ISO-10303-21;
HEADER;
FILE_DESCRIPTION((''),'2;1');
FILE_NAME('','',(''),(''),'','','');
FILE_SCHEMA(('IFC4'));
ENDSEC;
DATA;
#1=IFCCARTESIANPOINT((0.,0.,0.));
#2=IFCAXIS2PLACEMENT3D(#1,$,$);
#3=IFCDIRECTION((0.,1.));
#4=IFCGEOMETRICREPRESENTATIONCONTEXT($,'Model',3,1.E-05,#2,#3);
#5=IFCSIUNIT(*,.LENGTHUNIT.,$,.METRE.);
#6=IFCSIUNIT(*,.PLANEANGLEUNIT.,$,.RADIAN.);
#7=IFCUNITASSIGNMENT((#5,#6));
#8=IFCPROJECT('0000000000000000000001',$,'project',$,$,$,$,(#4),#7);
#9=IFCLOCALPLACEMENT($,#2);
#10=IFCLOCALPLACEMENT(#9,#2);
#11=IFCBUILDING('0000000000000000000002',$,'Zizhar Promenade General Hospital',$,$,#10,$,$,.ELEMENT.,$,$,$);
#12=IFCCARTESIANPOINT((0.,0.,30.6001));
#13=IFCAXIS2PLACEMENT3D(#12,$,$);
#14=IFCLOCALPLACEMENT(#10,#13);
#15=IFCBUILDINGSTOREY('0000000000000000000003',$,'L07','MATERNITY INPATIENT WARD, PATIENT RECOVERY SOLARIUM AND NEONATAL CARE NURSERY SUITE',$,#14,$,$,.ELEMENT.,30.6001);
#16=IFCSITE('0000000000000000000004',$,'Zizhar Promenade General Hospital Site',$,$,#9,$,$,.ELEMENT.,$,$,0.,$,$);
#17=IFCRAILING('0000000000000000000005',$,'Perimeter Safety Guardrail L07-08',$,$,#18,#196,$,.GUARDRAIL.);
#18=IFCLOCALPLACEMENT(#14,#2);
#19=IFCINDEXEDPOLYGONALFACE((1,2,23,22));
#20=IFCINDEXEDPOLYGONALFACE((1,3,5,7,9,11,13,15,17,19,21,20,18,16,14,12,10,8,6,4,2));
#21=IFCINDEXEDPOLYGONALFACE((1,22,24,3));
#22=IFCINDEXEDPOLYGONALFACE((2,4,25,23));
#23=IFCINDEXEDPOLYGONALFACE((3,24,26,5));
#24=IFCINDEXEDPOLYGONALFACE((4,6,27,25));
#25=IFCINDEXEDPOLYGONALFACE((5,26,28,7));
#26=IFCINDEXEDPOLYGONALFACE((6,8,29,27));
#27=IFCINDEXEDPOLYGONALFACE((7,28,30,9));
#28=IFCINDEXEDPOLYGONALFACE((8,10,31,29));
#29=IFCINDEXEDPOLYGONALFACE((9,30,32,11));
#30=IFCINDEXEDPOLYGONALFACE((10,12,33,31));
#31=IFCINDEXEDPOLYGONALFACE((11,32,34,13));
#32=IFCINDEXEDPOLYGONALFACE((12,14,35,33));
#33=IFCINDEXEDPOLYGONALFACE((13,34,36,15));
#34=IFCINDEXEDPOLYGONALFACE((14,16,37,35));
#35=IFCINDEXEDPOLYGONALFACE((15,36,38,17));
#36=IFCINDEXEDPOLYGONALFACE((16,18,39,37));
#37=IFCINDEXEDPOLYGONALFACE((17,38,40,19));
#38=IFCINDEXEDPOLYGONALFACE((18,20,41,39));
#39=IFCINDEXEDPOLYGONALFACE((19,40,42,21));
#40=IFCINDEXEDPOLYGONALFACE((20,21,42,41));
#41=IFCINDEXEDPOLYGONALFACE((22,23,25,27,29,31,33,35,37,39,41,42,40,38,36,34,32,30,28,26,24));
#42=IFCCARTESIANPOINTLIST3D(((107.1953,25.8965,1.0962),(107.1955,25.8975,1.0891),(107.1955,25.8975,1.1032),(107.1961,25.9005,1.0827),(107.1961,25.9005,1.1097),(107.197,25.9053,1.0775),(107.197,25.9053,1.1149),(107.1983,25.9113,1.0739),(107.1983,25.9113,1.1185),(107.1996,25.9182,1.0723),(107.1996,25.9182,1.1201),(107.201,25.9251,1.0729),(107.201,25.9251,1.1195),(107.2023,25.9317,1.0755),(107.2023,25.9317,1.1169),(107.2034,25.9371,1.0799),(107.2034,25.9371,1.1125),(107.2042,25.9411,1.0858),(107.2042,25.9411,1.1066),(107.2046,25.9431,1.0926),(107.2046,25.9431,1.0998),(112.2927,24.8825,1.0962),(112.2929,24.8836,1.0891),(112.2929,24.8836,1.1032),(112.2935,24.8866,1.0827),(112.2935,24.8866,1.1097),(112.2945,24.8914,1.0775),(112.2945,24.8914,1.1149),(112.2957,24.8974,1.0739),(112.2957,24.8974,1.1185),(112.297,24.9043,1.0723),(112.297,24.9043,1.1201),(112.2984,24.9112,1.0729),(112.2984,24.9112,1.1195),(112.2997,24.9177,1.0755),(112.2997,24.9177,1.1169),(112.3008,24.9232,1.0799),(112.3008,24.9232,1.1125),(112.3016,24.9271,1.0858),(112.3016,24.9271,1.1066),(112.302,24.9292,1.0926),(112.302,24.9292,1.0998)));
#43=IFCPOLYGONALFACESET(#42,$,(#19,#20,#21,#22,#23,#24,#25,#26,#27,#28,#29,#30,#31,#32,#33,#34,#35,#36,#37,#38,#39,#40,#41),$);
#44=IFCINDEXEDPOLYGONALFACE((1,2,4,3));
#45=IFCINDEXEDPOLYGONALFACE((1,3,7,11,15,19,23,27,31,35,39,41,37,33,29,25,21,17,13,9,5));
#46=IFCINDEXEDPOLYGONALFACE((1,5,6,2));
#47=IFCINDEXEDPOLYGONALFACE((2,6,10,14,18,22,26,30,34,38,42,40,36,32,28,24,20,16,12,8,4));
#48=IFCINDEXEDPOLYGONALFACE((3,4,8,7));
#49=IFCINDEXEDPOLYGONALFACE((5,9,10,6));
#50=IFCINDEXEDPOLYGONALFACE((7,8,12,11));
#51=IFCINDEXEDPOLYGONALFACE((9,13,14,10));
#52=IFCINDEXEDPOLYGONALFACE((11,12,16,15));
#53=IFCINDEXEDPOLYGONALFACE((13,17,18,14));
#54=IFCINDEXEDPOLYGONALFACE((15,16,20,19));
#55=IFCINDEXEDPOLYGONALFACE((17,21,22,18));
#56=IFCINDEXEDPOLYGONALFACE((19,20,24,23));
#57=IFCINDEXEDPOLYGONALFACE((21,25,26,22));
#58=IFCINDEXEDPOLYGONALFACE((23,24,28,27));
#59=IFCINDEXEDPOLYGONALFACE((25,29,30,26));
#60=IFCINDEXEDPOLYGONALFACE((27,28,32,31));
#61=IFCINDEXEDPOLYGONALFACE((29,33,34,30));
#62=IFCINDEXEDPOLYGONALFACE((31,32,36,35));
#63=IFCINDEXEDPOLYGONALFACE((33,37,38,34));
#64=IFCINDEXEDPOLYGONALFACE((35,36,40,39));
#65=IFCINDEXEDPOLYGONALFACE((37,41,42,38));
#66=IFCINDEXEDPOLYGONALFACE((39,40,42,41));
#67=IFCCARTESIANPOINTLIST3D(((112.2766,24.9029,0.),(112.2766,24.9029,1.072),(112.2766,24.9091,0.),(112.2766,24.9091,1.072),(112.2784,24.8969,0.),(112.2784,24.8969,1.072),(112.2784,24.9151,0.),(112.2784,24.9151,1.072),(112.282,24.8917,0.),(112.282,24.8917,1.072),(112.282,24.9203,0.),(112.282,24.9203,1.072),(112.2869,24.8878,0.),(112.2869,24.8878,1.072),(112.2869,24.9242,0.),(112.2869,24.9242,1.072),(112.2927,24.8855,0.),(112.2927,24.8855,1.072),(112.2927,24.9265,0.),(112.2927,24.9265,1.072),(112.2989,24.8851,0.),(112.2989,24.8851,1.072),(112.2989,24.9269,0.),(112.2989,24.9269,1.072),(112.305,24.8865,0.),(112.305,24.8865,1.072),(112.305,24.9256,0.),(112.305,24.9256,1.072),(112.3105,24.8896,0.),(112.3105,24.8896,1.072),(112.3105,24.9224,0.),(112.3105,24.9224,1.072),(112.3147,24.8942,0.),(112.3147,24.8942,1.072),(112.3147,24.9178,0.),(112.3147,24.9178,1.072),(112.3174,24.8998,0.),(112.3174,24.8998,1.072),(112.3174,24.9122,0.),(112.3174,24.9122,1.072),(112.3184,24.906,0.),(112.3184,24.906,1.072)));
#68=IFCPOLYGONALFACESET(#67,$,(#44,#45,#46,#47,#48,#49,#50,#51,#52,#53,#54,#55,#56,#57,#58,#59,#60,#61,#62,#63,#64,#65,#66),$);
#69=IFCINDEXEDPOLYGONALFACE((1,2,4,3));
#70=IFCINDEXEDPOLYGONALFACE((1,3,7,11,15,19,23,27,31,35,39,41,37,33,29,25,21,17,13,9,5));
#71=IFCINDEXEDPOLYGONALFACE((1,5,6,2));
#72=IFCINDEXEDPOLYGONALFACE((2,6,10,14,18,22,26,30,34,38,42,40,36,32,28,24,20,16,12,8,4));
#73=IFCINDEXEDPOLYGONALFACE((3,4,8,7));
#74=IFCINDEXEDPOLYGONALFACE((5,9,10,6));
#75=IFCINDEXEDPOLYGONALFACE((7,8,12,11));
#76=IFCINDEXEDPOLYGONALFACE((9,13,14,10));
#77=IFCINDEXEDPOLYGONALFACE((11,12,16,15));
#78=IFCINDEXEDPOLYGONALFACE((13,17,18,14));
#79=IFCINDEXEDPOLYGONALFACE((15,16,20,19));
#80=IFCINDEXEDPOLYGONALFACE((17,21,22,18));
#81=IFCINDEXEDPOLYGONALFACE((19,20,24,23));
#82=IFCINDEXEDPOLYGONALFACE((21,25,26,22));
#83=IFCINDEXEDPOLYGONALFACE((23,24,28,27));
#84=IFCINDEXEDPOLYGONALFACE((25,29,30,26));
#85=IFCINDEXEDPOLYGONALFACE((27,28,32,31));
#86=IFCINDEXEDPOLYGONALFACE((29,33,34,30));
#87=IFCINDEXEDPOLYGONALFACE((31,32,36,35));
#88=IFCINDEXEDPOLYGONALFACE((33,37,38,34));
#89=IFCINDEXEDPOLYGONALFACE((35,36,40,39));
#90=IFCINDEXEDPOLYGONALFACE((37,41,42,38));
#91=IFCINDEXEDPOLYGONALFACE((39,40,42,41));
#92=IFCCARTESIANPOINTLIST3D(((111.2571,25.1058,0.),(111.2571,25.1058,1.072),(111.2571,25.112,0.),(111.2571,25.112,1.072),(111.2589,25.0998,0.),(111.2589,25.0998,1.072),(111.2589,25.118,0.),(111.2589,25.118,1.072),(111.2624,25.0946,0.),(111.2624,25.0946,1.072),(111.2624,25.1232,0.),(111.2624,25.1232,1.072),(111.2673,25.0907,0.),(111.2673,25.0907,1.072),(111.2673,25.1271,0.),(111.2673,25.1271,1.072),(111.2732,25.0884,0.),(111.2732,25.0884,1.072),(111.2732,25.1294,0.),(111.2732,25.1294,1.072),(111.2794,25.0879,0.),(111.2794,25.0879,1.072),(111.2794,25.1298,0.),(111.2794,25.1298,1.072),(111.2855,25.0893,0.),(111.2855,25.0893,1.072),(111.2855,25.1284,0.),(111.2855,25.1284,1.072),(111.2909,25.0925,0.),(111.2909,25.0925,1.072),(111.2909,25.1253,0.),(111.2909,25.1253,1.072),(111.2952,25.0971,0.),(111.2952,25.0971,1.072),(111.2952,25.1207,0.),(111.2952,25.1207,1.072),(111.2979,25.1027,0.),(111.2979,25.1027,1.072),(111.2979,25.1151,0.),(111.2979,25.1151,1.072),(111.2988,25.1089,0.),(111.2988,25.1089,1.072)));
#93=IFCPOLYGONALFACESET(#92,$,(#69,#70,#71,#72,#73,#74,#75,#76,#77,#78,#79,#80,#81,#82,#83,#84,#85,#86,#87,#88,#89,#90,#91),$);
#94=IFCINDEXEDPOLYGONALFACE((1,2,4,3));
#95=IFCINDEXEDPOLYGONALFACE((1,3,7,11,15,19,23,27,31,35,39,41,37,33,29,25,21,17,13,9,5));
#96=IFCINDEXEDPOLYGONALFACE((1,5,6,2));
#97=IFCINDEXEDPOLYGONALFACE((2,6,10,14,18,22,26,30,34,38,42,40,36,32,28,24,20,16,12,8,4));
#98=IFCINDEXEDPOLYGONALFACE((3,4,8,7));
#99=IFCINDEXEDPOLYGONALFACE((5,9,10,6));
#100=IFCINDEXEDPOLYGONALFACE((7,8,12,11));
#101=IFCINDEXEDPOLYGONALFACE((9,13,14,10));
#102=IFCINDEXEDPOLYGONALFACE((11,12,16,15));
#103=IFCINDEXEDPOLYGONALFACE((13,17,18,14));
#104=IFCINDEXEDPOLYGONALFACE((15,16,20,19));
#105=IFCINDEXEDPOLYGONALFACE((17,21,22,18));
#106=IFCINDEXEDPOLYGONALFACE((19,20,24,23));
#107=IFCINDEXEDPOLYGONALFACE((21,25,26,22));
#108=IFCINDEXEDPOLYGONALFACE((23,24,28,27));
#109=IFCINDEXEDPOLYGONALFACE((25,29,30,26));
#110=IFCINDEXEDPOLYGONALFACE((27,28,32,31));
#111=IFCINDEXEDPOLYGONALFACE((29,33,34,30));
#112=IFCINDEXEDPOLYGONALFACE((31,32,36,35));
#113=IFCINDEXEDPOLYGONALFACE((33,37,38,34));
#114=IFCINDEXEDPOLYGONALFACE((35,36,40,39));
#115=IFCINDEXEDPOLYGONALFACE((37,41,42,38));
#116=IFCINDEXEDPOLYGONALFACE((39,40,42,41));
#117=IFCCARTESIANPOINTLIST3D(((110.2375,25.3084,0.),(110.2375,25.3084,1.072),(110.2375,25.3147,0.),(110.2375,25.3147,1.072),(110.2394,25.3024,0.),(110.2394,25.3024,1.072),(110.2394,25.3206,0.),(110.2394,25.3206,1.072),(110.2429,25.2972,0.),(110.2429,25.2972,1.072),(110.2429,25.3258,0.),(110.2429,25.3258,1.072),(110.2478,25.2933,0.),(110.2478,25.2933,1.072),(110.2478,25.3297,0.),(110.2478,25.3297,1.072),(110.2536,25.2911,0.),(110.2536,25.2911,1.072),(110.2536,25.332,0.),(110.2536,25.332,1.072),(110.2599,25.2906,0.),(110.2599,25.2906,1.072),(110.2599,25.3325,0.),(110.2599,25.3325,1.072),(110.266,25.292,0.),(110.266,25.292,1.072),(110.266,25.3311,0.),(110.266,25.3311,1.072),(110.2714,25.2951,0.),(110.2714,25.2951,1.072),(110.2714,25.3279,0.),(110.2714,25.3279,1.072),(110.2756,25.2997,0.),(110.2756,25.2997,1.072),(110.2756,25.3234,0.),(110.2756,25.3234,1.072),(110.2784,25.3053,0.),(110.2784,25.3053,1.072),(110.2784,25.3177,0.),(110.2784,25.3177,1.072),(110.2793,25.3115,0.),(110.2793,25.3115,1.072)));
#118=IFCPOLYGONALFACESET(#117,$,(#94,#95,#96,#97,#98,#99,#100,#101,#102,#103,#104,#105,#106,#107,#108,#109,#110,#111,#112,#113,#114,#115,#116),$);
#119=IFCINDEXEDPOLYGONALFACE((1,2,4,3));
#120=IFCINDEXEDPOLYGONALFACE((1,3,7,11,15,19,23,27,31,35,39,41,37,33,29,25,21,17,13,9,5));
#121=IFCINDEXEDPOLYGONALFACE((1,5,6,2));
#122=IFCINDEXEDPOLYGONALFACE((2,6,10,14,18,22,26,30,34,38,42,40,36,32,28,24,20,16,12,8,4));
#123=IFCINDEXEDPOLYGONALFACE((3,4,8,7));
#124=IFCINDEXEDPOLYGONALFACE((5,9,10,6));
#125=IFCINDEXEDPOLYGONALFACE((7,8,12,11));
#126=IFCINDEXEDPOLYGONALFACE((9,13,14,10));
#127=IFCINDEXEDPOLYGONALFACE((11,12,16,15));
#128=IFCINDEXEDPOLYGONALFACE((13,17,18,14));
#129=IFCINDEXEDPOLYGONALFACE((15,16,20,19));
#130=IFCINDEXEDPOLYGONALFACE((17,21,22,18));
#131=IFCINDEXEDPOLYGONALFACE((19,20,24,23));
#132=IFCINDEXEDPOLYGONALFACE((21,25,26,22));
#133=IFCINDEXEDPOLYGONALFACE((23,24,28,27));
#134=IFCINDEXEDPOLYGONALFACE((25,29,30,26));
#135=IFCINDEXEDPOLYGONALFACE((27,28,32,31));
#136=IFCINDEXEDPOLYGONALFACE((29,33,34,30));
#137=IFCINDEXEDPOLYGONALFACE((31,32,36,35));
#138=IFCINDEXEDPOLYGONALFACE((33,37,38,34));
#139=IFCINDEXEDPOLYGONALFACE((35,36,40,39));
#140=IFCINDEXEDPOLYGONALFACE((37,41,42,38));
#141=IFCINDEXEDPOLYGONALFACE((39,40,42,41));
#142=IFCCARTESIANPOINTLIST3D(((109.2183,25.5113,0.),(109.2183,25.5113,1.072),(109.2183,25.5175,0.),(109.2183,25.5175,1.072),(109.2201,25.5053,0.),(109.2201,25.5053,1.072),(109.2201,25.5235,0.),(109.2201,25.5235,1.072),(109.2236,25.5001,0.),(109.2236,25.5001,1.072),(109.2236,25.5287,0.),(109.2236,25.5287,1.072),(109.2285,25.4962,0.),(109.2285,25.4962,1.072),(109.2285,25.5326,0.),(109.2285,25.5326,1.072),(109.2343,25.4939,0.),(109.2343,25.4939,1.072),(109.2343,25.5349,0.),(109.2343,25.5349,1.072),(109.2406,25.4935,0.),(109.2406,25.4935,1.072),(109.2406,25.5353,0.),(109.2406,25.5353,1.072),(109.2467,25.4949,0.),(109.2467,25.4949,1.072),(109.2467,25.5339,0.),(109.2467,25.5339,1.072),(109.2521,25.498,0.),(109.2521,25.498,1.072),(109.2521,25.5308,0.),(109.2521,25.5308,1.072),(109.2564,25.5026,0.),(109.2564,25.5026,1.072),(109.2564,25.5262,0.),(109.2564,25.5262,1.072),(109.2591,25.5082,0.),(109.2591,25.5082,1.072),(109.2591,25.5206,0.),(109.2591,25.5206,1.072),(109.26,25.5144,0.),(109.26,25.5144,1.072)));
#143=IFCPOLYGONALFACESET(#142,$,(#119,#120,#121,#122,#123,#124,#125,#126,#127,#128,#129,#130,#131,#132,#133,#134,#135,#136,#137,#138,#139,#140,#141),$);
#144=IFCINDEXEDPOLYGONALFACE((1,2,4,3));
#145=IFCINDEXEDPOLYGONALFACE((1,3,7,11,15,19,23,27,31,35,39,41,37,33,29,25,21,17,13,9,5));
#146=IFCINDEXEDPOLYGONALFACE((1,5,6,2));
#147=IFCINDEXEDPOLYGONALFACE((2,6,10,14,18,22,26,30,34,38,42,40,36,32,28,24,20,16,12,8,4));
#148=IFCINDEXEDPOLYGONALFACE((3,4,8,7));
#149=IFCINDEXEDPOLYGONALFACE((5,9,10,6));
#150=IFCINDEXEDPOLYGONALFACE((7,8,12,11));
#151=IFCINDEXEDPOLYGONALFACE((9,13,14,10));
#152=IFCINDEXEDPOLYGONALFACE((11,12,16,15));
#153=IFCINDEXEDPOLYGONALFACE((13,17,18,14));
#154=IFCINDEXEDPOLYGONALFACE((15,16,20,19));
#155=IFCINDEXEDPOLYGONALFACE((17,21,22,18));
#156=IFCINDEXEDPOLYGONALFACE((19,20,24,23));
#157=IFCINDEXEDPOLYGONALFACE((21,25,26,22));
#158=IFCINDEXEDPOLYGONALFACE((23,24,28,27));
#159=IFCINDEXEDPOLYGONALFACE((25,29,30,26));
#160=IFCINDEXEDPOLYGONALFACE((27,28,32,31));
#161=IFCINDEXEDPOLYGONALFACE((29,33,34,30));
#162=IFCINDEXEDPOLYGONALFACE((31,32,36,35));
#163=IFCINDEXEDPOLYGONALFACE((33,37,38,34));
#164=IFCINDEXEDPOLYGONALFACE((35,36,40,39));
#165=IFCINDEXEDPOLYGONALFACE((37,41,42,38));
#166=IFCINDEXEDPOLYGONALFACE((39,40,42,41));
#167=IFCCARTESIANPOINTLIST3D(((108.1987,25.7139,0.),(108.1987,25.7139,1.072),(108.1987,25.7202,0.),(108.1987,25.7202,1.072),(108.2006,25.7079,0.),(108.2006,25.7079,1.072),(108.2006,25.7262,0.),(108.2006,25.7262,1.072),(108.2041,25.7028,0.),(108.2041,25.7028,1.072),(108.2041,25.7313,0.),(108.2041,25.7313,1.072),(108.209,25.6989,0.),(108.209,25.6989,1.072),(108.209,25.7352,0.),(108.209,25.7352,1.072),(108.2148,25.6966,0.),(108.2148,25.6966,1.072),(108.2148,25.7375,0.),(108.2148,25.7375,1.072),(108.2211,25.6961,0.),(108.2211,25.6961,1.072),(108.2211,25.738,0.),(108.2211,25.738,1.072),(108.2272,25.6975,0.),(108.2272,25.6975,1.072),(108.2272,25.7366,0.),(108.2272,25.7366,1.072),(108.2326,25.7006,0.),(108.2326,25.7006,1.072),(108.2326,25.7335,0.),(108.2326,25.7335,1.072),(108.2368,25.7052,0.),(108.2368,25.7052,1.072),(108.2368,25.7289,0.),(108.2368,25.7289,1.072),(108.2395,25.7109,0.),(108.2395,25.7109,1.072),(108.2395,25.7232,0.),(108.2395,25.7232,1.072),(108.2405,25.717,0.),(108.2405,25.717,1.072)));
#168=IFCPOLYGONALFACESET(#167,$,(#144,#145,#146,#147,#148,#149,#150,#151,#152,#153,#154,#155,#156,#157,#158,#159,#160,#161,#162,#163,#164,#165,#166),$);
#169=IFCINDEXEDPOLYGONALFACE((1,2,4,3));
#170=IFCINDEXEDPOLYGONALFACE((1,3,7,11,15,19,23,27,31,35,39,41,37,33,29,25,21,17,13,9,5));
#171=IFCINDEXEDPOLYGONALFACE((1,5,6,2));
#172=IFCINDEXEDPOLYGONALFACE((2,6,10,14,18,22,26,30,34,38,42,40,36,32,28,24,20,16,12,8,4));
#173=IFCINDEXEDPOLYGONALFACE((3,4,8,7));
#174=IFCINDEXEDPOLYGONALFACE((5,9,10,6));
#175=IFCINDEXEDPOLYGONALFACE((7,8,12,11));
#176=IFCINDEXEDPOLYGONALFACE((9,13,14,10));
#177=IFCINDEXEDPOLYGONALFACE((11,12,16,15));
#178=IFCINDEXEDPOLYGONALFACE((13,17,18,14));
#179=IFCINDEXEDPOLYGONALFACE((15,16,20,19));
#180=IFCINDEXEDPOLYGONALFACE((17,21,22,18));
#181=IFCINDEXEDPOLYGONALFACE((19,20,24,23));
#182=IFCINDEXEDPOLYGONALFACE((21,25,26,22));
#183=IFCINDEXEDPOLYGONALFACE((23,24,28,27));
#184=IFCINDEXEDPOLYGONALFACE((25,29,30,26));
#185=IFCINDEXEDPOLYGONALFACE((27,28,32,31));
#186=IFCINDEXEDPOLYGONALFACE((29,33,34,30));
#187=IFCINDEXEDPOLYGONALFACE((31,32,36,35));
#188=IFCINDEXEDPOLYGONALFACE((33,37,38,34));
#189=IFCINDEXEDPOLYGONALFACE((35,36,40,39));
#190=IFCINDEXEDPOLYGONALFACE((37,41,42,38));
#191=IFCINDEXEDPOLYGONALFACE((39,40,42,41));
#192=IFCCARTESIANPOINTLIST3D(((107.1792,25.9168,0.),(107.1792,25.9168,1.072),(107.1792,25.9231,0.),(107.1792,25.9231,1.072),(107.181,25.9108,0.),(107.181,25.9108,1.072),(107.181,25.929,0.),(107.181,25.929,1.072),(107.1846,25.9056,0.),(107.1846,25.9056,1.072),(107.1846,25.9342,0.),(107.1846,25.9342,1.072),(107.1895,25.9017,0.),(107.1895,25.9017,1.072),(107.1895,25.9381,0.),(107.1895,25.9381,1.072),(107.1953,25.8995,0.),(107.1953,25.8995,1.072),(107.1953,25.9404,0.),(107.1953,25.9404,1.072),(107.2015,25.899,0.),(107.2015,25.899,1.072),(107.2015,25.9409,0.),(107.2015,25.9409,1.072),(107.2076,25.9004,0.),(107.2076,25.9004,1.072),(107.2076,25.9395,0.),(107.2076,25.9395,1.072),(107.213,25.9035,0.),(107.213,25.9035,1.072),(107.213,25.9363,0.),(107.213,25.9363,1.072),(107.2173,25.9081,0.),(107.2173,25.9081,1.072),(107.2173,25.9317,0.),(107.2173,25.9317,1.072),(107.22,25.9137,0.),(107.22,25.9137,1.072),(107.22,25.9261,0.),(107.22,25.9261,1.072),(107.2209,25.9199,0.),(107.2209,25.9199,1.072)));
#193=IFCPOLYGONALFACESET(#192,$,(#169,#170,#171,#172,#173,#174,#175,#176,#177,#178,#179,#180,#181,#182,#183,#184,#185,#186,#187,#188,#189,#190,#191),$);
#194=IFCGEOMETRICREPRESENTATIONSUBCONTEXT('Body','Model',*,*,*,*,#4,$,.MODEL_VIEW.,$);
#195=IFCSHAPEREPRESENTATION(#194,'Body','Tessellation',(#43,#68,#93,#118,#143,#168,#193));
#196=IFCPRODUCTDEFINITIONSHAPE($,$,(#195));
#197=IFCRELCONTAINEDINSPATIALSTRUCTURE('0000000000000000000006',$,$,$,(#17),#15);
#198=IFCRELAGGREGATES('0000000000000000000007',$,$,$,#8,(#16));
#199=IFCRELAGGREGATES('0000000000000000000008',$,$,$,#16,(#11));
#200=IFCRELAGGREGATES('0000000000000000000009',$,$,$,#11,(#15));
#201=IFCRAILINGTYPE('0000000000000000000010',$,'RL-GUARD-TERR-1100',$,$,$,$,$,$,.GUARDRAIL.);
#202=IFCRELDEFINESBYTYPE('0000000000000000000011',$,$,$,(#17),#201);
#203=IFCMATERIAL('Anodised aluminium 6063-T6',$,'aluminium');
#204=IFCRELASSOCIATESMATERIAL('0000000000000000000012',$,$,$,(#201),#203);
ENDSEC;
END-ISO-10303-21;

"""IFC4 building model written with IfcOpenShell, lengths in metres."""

from ifc_helpers import new_model, si_unit, direction, frame, origin, origin_2d, place, context, subcontext, project, spatial, circle, hollow_circle, extrude, material, material_profile, profile_set, type_object, element, save


model = new_model("IFC4")

# Units and contexts
model_context = context("Model", 3, precision=1e-05, world=origin(), true_north=direction((0.0, 1.0)))
body_context = subcontext(model_context, "Body", "Model", "MODEL_VIEW")
ifc_project = project(units=[si_unit("LENGTHUNIT", "METRE"), si_unit("PLANEANGLEUNIT", "RADIAN")], contexts=[model_context])

# Site, building, storey
site_placement = place(None, origin())
site = spatial("IfcSite", under=ifc_project, at=site_placement, Name="Zizhar Promenade General Hospital Site", CompositionType="ELEMENT", RefElevation=0.0)
building_placement = place(site_placement, origin())
building = spatial("IfcBuilding", under=site, at=building_placement, Name="Zizhar Promenade General Hospital", CompositionType="ELEMENT")
storey_placement = place(building_placement, frame((0.0, 0.0, 30.6001)))
storey = spatial("IfcBuildingStorey", under=building, at=storey_placement, Name="L07", Description="MATERNITY INPATIENT WARD, PATIENT RECOVERY SOLARIUM AND NEONATAL CARE NURSERY SUITE", CompositionType="ELEMENT", Elevation=30.6001)

# Railing
ifc_material_1 = material(Name="Anodised aluminium 6063-T6", Category="aluminium")
ifc_material_profile_1 = material_profile(ifc_material_1, hollow_circle(Radius=0.0698, WallThickness=0.0063, at=origin_2d()))
ifc_profile_set_1 = profile_set([ifc_material_profile_1], Name="Anodised aluminium 6063-T6")
railing_type = type_object("IfcRailingType", Name="RL-GUARD-TERR-1100", PredefinedType="GUARDRAIL", material=ifc_profile_set_1)
railing_1_placement = place(storey_placement, frame((112.2974, 24.906, 0.0)))
element("IfcRailing", 1, at=railing_1_placement, inside=storey, type_object=railing_type, Name="Perimeter Safety Guardrail L07-08", PredefinedType="GUARDRAIL", context=body_context, shape_type="SweptSolid", body=[
    extrude(circle(Radius=0.0239, at=origin_2d()), frame((0.0, 0.0, 1.0962), z_axis=(-0.980786, 0.195086, 0.0), x_axis=(-0.195086, -0.980786, 0.0)), (0.0, 0.0, 1.0), 5.1973),
    extrude(circle(Radius=0.021, at=origin_2d()), origin(), (0.0, 0.0, 1.0), 1.072),
    extrude(circle(Radius=0.021, at=origin_2d()), frame((-1.0195, 0.2029, 0.0)), (0.0, 0.0, 1.0), 1.072),
    extrude(circle(Radius=0.021, at=origin_2d()), frame((-2.0391, 0.4055, 0.0)), (0.0, 0.0, 1.0), 1.072),
    extrude(circle(Radius=0.021, at=origin_2d()), frame((-3.0583, 0.6084, 0.0)), (0.0, 0.0, 1.0), 1.072),
    extrude(circle(Radius=0.021, at=origin_2d()), frame((-4.0779, 0.811, 0.0)), (0.0, 0.0, 1.0), 1.072),
    extrude(circle(Radius=0.021, at=origin_2d()), frame((-5.0974, 1.0139, 0.0)), (0.0, 0.0, 1.0), 1.072),
])

save(model, "model.ifc")
